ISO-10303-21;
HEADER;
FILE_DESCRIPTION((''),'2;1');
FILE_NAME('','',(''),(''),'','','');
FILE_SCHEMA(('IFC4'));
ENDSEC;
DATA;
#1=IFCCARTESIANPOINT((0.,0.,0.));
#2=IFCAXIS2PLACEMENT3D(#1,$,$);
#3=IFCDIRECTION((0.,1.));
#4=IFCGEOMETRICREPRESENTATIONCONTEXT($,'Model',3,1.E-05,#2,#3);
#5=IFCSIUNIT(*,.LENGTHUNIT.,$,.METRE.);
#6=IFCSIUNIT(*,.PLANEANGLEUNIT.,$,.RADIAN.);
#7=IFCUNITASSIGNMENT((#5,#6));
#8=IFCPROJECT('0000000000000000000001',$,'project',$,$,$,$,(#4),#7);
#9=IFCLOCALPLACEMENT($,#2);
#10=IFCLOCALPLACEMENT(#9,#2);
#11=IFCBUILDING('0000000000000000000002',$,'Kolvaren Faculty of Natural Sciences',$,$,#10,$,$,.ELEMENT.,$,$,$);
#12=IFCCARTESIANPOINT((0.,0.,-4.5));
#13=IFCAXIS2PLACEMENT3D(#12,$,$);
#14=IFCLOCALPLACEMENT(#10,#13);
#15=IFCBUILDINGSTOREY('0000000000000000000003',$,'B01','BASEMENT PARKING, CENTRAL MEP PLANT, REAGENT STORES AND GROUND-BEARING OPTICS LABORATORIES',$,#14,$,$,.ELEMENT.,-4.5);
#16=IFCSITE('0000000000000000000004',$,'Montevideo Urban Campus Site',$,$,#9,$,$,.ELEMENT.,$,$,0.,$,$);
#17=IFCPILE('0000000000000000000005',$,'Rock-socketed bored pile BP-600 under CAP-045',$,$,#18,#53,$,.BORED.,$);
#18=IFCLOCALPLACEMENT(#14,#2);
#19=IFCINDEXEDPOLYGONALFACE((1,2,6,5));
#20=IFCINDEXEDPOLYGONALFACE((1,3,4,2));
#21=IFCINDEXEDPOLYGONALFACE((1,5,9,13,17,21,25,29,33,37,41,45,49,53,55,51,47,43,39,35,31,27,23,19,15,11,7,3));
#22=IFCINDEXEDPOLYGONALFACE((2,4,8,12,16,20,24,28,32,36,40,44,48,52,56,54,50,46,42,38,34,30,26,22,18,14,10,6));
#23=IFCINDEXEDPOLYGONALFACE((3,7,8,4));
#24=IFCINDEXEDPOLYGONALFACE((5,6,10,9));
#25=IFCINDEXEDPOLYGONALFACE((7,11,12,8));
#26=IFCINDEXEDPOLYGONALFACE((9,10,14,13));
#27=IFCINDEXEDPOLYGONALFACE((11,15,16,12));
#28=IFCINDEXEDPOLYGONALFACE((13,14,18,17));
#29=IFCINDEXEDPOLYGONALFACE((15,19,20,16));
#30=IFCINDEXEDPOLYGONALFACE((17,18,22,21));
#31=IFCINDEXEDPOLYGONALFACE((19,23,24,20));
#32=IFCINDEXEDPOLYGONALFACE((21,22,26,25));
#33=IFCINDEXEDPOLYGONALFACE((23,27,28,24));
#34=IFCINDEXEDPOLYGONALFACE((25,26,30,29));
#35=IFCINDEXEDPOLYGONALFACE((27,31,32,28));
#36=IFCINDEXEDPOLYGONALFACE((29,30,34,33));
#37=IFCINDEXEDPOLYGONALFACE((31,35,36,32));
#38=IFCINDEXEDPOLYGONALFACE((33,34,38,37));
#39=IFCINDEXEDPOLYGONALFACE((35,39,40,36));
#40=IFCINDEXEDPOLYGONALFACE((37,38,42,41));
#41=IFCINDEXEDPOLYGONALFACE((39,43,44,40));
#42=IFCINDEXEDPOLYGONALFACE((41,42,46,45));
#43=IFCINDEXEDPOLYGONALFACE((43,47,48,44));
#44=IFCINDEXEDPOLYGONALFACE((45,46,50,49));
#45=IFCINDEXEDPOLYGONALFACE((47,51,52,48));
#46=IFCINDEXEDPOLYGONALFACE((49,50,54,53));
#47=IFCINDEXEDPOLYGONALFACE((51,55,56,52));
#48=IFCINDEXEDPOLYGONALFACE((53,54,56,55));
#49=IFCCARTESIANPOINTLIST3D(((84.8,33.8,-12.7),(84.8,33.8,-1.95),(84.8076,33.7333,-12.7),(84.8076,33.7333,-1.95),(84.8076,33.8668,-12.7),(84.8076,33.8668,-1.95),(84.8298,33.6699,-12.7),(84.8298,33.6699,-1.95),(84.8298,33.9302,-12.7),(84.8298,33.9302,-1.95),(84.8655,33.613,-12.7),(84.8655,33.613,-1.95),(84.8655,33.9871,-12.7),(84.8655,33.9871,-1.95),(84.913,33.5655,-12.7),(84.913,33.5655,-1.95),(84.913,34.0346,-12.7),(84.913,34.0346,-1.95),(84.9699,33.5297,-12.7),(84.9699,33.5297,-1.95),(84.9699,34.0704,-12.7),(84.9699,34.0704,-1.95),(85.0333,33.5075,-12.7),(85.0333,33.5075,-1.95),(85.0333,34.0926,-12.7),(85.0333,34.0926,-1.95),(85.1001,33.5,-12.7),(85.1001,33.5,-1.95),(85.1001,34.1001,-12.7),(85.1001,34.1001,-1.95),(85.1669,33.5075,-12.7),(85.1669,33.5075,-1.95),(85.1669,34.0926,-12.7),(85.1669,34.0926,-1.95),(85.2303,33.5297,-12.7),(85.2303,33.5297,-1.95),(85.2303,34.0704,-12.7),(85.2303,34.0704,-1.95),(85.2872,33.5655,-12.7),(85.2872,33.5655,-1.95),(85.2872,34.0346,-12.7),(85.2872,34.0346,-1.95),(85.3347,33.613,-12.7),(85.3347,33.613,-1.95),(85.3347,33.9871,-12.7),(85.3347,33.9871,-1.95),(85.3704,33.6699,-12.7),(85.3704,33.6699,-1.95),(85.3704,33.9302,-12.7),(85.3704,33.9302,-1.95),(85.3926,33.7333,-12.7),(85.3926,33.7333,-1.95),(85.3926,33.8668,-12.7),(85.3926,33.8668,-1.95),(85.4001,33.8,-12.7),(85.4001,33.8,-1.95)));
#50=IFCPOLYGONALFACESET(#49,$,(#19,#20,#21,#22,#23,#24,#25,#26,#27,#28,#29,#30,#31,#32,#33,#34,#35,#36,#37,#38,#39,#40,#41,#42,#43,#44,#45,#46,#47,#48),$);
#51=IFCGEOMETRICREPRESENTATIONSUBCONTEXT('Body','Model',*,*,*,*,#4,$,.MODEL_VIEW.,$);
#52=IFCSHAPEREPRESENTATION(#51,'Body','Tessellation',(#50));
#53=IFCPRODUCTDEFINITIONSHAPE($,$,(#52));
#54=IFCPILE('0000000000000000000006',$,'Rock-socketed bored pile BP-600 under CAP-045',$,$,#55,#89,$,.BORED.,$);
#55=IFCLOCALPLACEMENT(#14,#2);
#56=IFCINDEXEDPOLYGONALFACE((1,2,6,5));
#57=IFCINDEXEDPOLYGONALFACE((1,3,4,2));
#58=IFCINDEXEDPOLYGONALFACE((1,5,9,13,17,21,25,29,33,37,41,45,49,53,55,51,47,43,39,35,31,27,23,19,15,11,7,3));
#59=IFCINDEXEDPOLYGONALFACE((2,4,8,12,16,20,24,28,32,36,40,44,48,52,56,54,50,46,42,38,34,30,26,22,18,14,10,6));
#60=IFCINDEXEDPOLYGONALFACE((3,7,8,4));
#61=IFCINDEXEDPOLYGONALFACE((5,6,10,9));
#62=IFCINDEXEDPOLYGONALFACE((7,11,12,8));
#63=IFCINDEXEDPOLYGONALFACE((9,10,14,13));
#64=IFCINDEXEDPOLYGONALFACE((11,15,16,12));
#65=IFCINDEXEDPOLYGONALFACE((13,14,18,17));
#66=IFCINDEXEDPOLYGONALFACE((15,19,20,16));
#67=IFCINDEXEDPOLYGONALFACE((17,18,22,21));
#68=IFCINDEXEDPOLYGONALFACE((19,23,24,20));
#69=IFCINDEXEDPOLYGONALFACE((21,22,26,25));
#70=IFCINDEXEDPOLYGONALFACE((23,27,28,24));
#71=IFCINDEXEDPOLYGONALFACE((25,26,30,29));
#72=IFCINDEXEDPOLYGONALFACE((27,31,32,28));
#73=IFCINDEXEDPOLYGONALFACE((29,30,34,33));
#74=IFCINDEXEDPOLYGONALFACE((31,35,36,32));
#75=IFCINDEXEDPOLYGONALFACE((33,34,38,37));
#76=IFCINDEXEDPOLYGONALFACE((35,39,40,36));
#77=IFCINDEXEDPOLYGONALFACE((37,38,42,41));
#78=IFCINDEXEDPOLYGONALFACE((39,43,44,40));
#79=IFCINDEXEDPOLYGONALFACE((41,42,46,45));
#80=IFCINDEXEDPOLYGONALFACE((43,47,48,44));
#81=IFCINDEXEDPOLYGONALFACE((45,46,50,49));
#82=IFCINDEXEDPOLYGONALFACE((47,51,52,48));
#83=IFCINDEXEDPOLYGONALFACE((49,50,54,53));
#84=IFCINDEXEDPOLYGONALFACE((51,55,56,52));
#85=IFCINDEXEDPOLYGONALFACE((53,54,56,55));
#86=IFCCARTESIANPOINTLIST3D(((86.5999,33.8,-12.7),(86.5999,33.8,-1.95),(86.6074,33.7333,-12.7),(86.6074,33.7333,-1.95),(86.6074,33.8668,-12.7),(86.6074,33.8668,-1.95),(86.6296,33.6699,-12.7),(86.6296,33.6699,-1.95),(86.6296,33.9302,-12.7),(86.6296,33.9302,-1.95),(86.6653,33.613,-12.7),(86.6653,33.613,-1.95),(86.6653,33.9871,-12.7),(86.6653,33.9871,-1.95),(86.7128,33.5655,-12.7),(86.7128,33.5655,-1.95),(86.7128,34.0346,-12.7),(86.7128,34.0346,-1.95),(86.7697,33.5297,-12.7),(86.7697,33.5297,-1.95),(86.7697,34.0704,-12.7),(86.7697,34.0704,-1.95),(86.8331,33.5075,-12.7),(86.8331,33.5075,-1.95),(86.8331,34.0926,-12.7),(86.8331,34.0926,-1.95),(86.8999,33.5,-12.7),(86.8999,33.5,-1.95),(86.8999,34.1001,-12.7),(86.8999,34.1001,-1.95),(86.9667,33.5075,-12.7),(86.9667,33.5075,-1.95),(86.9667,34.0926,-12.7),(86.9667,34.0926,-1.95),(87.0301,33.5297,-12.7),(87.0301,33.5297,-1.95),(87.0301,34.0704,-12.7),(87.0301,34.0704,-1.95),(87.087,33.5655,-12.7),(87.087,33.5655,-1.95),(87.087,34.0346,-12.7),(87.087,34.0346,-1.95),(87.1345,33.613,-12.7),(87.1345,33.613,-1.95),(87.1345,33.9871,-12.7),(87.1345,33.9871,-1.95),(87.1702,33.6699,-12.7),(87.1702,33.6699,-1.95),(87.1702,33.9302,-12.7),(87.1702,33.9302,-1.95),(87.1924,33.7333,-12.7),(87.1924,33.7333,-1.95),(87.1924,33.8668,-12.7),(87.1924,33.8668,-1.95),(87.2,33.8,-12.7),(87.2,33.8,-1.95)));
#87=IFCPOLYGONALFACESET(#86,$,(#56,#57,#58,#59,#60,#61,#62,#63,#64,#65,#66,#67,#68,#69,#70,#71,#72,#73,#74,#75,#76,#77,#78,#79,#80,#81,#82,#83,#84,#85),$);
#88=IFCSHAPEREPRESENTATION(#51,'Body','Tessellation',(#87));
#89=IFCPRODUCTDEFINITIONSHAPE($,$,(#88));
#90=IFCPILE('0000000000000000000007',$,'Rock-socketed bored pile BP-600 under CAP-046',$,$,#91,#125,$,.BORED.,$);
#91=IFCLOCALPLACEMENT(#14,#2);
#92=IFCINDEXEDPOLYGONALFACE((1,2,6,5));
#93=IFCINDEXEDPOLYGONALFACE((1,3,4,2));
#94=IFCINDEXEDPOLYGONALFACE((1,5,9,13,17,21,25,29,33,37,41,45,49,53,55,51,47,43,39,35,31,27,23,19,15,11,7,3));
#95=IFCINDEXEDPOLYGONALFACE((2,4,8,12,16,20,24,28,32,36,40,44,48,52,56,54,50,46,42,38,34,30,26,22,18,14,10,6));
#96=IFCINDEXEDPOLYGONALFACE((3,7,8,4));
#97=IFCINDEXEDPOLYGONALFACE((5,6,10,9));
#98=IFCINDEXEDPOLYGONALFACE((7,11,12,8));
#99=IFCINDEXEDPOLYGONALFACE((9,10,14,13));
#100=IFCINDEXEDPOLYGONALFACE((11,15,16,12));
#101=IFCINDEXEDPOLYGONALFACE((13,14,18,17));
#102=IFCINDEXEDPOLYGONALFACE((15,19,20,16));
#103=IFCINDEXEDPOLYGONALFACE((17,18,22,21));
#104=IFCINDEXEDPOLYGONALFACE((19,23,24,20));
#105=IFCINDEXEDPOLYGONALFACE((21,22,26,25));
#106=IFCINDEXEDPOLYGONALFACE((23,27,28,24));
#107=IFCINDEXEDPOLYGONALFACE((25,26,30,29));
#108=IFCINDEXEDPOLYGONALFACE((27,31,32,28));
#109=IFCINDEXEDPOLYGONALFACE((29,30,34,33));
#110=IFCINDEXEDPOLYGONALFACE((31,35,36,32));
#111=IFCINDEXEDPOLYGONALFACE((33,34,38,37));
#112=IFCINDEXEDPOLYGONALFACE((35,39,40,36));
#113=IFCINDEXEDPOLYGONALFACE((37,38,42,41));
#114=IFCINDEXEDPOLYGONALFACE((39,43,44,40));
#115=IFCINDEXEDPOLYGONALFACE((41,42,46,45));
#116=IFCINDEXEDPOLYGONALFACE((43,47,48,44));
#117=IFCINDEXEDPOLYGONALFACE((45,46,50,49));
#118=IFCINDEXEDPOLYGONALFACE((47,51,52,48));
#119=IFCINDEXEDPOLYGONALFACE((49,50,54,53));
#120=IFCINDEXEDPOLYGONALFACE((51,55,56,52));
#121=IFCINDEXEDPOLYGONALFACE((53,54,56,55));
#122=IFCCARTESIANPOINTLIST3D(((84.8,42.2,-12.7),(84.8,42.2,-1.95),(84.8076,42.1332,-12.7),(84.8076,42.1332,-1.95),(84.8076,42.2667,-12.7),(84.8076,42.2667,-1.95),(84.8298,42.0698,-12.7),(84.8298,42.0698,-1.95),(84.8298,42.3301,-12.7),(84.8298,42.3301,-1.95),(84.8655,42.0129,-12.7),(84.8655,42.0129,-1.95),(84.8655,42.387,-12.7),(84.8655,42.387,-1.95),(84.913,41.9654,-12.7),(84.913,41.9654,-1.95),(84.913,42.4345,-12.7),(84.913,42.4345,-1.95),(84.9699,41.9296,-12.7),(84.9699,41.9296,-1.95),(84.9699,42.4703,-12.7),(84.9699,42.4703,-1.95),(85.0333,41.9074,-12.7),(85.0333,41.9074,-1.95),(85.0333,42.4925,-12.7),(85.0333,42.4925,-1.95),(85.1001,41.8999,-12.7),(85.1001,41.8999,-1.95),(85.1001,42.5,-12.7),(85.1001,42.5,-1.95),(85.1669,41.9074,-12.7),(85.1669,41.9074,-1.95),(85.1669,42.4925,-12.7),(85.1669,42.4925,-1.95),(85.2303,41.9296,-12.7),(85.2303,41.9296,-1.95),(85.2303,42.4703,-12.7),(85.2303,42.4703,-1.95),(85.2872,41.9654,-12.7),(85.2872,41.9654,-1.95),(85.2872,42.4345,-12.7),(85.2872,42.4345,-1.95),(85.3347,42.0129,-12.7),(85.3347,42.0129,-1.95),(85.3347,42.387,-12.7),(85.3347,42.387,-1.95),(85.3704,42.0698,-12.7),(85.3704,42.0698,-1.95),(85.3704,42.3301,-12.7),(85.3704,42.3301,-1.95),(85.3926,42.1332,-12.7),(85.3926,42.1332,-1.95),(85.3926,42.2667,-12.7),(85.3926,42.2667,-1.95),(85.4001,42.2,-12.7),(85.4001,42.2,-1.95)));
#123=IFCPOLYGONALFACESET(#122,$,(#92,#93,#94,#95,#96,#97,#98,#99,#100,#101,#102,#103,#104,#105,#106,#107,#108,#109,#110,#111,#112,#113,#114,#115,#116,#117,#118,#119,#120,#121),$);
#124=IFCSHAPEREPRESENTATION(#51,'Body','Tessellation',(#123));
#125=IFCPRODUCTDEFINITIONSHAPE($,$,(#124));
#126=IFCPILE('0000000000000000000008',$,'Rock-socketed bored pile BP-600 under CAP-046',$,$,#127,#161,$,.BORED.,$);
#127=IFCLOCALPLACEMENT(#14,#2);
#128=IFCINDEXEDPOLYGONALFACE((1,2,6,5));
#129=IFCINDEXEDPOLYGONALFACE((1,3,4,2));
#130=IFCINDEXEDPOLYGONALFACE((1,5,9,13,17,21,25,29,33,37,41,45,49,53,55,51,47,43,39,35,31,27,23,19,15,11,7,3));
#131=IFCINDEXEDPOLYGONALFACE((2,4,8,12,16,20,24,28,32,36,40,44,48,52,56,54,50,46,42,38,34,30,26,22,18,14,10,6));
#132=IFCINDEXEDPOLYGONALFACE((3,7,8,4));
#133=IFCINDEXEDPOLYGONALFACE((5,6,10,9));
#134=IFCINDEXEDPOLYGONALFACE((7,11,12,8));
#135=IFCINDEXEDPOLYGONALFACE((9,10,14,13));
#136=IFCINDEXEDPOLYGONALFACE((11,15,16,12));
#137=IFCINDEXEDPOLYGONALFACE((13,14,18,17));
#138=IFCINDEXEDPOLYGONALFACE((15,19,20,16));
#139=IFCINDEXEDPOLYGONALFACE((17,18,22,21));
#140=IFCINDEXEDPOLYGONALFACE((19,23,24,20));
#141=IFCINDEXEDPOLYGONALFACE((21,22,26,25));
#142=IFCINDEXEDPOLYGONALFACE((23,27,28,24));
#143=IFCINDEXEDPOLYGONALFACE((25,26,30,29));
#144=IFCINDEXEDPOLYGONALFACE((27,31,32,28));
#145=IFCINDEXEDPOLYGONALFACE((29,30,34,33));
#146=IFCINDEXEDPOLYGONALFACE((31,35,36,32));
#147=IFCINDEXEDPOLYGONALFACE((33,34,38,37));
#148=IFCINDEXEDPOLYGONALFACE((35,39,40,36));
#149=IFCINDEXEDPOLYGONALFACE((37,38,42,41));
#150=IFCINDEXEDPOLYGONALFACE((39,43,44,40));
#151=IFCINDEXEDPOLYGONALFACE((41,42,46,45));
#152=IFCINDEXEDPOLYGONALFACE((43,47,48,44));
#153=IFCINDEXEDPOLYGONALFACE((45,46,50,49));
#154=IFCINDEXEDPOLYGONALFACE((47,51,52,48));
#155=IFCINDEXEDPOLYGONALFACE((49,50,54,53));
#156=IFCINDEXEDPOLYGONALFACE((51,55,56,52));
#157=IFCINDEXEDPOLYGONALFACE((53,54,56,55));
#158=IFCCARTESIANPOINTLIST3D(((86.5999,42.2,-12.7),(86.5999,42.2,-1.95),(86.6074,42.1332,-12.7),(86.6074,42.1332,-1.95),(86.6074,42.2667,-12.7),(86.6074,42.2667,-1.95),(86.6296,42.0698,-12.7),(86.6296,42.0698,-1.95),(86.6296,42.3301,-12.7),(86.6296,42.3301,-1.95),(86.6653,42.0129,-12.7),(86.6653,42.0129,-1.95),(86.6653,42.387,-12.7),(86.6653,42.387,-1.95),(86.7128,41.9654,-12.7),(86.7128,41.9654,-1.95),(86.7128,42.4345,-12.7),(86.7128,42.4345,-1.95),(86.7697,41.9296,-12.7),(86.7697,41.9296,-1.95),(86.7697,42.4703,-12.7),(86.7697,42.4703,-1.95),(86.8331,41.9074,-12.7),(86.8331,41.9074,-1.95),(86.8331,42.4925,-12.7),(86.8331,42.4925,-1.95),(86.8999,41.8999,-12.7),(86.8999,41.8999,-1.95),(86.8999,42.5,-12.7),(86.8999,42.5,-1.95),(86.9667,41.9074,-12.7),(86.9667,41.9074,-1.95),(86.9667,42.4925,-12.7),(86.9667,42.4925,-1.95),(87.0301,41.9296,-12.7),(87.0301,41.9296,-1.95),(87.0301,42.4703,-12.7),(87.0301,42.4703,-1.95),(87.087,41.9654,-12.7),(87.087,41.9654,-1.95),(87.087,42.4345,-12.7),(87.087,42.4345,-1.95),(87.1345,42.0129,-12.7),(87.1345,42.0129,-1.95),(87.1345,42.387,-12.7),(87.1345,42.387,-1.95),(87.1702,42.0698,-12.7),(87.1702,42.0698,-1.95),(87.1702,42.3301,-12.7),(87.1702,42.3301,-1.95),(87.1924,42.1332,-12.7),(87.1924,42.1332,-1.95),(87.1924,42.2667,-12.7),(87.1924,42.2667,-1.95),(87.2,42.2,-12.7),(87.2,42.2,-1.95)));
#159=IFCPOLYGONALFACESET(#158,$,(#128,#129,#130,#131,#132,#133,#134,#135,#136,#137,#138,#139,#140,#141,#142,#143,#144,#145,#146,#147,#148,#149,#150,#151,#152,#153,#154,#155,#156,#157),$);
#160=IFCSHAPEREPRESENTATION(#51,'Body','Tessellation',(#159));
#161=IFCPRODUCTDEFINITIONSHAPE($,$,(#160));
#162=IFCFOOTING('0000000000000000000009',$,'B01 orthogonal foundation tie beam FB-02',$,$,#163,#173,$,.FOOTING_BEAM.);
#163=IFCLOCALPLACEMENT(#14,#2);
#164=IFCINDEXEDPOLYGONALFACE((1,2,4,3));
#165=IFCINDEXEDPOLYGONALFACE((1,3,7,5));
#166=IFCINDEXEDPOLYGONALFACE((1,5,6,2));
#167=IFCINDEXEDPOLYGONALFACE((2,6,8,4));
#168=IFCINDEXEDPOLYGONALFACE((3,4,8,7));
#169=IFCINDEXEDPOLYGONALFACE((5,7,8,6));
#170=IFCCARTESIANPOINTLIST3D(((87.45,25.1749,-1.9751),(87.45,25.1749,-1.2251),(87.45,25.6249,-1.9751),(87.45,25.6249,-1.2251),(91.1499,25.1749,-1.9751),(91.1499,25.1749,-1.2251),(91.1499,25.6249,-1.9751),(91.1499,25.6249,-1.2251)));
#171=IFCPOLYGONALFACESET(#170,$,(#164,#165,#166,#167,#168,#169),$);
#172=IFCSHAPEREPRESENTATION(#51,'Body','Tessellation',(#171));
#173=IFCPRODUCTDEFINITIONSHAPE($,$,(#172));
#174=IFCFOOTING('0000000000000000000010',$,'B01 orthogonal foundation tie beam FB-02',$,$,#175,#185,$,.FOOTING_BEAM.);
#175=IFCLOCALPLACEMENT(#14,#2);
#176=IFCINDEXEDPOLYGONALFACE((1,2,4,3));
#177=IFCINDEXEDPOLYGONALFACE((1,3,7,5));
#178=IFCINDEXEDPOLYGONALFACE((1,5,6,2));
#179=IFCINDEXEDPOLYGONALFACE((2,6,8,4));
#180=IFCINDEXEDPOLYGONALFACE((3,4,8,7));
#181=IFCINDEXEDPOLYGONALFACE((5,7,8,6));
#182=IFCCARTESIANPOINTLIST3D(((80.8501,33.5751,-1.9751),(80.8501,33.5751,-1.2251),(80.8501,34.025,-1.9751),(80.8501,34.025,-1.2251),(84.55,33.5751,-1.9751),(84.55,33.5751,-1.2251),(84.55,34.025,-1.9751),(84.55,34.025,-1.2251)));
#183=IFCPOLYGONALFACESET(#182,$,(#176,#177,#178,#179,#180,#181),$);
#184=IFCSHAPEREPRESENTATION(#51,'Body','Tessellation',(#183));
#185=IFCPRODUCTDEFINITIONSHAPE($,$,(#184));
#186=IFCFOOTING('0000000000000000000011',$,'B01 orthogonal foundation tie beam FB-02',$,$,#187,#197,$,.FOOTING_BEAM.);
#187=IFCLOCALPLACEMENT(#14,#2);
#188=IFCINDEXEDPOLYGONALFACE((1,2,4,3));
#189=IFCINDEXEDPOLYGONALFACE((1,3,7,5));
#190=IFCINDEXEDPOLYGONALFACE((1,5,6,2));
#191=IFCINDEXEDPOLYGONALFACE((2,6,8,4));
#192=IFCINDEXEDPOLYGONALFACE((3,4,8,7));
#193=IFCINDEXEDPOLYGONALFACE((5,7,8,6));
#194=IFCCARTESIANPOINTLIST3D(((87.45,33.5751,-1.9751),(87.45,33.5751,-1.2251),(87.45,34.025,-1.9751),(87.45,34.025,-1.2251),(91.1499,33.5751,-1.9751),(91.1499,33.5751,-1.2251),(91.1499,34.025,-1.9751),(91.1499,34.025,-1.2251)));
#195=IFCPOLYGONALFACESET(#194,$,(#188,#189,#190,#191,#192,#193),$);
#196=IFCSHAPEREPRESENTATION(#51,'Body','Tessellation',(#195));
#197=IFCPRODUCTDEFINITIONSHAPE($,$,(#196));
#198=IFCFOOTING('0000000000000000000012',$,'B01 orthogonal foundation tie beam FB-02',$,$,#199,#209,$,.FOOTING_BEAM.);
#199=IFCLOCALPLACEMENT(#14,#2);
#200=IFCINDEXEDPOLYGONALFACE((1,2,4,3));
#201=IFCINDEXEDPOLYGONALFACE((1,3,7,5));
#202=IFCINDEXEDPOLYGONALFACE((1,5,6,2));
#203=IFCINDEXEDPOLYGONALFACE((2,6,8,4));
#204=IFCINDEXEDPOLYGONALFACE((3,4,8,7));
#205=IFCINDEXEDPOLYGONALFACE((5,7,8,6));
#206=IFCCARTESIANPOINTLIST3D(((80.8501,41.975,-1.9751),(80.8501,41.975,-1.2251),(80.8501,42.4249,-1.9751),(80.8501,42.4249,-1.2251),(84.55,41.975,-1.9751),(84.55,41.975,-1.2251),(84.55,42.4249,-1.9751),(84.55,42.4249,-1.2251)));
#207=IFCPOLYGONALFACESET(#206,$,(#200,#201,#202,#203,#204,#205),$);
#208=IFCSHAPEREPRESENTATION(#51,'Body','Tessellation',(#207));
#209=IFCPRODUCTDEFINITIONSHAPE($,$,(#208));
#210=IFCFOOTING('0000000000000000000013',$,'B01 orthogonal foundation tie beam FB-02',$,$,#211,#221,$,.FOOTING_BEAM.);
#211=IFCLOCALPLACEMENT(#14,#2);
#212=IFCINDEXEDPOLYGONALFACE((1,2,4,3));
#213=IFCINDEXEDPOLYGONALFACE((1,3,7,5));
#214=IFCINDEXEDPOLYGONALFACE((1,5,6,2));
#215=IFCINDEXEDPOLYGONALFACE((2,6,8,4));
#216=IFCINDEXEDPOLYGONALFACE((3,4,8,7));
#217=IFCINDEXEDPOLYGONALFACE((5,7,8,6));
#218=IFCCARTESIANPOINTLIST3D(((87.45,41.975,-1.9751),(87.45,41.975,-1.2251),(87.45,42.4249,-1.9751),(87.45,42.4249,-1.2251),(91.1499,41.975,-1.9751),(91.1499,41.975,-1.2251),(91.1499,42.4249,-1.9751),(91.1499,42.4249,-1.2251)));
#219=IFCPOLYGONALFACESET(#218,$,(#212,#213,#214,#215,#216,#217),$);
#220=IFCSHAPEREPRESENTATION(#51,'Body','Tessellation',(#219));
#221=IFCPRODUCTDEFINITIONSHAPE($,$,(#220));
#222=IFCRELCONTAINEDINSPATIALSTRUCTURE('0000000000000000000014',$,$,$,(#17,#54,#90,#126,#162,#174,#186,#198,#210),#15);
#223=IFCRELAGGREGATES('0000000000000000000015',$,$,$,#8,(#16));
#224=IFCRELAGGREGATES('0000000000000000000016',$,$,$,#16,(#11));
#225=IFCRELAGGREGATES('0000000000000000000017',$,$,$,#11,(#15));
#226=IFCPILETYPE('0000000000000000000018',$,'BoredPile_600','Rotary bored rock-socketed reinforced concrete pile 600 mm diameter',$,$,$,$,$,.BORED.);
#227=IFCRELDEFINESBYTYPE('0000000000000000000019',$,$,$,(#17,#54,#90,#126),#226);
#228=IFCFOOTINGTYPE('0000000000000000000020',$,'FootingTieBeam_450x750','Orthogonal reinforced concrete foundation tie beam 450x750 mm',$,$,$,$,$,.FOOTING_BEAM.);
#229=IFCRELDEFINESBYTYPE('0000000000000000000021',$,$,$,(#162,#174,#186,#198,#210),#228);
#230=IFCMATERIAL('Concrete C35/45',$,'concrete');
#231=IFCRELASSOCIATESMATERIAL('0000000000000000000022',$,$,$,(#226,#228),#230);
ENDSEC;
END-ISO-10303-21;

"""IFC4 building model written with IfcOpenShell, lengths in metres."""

from ifc_helpers import new_model, si_unit, direction, frame, origin, origin_2d, place, context, subcontext, project, spatial, rectangle, circle, extrude, material, material_profile, profile_set, type_object, element, save


model = new_model("IFC4")

# Units and contexts
model_context = context("Model", 3, precision=1e-05, world=origin(), true_north=direction((0.0, 1.0)))
body_context = subcontext(model_context, "Body", "Model", "MODEL_VIEW")
ifc_project = project(units=[si_unit("LENGTHUNIT", "METRE"), si_unit("PLANEANGLEUNIT", "RADIAN")], contexts=[model_context])

# Site, building, storey
site_placement = place(None, origin())
site = spatial("IfcSite", under=ifc_project, at=site_placement, Name="Montevideo Urban Campus Site", CompositionType="ELEMENT", RefElevation=0.0)
building_placement = place(site_placement, origin())
building = spatial("IfcBuilding", under=site, at=building_placement, Name="Kolvaren Faculty of Natural Sciences", CompositionType="ELEMENT")
storey_placement = place(building_placement, frame((0.0, 0.0, -4.5)))
storey = spatial("IfcBuildingStorey", under=building, at=storey_placement, Name="B01", Description="BASEMENT PARKING, CENTRAL MEP PLANT, REAGENT STORES AND GROUND-BEARING OPTICS LABORATORIES", CompositionType="ELEMENT", Elevation=-4.5)

# Piles
ifc_material = material(Name="Concrete C35/45", Category="concrete")
ifc_material_profile_1 = material_profile(ifc_material, circle(Radius=0.3, at=origin_2d()), Name="PILE D600")
ifc_profile_set_1 = profile_set([ifc_material_profile_1], Name="Concrete C35/45")
pile_type = type_object("IfcPileType", Name="BoredPile_600", Description="Rotary bored rock-socketed reinforced concrete pile 600 mm diameter", PredefinedType="BORED", material=ifc_profile_set_1)
for number, where, z_axis, x_axis, name in (
    (1, (85.1001, 33.8, -1.95), (0.0, 0.0, -1.0), (1.0, 0.0, 0.0), "Rock-socketed bored pile BP-600 under CAP-045"),
    (2, (86.8999, 33.8, -1.95), (0.0, 0.0, -1.0), (1.0, 0.0, 0.0), "Rock-socketed bored pile BP-600 under CAP-045"),
    (3, (85.1001, 42.2, -1.95), (0.0, 0.0, -1.0), (1.0, 0.0, 0.0), "Rock-socketed bored pile BP-600 under CAP-046"),
    (4, (86.8999, 42.2, -1.95), (0.0, 0.0, -1.0), (1.0, 0.0, 0.0), "Rock-socketed bored pile BP-600 under CAP-046"),
):
    element("IfcPile", number, at=place(storey_placement, frame(where, z_axis=z_axis, x_axis=x_axis)), inside=storey, type_object=pile_type, Name=name, PredefinedType="BORED", context=body_context, shape_type="SweptSolid", body=[
        extrude(circle(Radius=0.3, at=origin_2d()), origin(), (0.0, 0.0, 1.0), 10.75),
    ])

# Footings
ifc_material_profile_2 = material_profile(ifc_material, rectangle(XDim=0.45, YDim=0.75, at=origin_2d()), Name="RC FB 450x750")
ifc_profile_set_2 = profile_set([ifc_material_profile_2], Name="Concrete C35/45")
footing_type_1 = type_object("IfcFootingType", Name="FootingTieBeam_450x750", Description="Orthogonal reinforced concrete foundation tie beam 450x750 mm", PredefinedType="FOOTING_BEAM", material=ifc_profile_set_2)
for number, where, z_axis, x_axis, name in (
    (5, (87.45, 25.3999, -1.6001), (1.0, 0.0, 0.0), (0.0, 1.0, 0.0), "B01 orthogonal foundation tie beam FB-02"),
    (6, (80.8501, 33.8, -1.6001), (1.0, 0.0, 0.0), (0.0, 1.0, 0.0), "B01 orthogonal foundation tie beam FB-02"),
    (7, (87.45, 33.8, -1.6001), (1.0, 0.0, 0.0), (0.0, 1.0, 0.0), "B01 orthogonal foundation tie beam FB-02"),
    (8, (80.8501, 42.2, -1.6001), (1.0, 0.0, 0.0), (0.0, 1.0, 0.0), "B01 orthogonal foundation tie beam FB-02"),
    (9, (87.45, 42.2, -1.6001), (1.0, 0.0, 0.0), (0.0, 1.0, 0.0), "B01 orthogonal foundation tie beam FB-02"),
):
    element("IfcFooting", number, at=place(storey_placement, frame(where, z_axis=z_axis, x_axis=x_axis)), inside=storey, type_object=footing_type_1, Name=name, PredefinedType="FOOTING_BEAM", context=body_context, shape_type="SweptSolid", body=[
        extrude(rectangle(XDim=0.45, YDim=0.75, at=origin_2d()), origin(), (0.0, 0.0, 1.0), 3.7),
    ])

save(model, "model.ifc")
